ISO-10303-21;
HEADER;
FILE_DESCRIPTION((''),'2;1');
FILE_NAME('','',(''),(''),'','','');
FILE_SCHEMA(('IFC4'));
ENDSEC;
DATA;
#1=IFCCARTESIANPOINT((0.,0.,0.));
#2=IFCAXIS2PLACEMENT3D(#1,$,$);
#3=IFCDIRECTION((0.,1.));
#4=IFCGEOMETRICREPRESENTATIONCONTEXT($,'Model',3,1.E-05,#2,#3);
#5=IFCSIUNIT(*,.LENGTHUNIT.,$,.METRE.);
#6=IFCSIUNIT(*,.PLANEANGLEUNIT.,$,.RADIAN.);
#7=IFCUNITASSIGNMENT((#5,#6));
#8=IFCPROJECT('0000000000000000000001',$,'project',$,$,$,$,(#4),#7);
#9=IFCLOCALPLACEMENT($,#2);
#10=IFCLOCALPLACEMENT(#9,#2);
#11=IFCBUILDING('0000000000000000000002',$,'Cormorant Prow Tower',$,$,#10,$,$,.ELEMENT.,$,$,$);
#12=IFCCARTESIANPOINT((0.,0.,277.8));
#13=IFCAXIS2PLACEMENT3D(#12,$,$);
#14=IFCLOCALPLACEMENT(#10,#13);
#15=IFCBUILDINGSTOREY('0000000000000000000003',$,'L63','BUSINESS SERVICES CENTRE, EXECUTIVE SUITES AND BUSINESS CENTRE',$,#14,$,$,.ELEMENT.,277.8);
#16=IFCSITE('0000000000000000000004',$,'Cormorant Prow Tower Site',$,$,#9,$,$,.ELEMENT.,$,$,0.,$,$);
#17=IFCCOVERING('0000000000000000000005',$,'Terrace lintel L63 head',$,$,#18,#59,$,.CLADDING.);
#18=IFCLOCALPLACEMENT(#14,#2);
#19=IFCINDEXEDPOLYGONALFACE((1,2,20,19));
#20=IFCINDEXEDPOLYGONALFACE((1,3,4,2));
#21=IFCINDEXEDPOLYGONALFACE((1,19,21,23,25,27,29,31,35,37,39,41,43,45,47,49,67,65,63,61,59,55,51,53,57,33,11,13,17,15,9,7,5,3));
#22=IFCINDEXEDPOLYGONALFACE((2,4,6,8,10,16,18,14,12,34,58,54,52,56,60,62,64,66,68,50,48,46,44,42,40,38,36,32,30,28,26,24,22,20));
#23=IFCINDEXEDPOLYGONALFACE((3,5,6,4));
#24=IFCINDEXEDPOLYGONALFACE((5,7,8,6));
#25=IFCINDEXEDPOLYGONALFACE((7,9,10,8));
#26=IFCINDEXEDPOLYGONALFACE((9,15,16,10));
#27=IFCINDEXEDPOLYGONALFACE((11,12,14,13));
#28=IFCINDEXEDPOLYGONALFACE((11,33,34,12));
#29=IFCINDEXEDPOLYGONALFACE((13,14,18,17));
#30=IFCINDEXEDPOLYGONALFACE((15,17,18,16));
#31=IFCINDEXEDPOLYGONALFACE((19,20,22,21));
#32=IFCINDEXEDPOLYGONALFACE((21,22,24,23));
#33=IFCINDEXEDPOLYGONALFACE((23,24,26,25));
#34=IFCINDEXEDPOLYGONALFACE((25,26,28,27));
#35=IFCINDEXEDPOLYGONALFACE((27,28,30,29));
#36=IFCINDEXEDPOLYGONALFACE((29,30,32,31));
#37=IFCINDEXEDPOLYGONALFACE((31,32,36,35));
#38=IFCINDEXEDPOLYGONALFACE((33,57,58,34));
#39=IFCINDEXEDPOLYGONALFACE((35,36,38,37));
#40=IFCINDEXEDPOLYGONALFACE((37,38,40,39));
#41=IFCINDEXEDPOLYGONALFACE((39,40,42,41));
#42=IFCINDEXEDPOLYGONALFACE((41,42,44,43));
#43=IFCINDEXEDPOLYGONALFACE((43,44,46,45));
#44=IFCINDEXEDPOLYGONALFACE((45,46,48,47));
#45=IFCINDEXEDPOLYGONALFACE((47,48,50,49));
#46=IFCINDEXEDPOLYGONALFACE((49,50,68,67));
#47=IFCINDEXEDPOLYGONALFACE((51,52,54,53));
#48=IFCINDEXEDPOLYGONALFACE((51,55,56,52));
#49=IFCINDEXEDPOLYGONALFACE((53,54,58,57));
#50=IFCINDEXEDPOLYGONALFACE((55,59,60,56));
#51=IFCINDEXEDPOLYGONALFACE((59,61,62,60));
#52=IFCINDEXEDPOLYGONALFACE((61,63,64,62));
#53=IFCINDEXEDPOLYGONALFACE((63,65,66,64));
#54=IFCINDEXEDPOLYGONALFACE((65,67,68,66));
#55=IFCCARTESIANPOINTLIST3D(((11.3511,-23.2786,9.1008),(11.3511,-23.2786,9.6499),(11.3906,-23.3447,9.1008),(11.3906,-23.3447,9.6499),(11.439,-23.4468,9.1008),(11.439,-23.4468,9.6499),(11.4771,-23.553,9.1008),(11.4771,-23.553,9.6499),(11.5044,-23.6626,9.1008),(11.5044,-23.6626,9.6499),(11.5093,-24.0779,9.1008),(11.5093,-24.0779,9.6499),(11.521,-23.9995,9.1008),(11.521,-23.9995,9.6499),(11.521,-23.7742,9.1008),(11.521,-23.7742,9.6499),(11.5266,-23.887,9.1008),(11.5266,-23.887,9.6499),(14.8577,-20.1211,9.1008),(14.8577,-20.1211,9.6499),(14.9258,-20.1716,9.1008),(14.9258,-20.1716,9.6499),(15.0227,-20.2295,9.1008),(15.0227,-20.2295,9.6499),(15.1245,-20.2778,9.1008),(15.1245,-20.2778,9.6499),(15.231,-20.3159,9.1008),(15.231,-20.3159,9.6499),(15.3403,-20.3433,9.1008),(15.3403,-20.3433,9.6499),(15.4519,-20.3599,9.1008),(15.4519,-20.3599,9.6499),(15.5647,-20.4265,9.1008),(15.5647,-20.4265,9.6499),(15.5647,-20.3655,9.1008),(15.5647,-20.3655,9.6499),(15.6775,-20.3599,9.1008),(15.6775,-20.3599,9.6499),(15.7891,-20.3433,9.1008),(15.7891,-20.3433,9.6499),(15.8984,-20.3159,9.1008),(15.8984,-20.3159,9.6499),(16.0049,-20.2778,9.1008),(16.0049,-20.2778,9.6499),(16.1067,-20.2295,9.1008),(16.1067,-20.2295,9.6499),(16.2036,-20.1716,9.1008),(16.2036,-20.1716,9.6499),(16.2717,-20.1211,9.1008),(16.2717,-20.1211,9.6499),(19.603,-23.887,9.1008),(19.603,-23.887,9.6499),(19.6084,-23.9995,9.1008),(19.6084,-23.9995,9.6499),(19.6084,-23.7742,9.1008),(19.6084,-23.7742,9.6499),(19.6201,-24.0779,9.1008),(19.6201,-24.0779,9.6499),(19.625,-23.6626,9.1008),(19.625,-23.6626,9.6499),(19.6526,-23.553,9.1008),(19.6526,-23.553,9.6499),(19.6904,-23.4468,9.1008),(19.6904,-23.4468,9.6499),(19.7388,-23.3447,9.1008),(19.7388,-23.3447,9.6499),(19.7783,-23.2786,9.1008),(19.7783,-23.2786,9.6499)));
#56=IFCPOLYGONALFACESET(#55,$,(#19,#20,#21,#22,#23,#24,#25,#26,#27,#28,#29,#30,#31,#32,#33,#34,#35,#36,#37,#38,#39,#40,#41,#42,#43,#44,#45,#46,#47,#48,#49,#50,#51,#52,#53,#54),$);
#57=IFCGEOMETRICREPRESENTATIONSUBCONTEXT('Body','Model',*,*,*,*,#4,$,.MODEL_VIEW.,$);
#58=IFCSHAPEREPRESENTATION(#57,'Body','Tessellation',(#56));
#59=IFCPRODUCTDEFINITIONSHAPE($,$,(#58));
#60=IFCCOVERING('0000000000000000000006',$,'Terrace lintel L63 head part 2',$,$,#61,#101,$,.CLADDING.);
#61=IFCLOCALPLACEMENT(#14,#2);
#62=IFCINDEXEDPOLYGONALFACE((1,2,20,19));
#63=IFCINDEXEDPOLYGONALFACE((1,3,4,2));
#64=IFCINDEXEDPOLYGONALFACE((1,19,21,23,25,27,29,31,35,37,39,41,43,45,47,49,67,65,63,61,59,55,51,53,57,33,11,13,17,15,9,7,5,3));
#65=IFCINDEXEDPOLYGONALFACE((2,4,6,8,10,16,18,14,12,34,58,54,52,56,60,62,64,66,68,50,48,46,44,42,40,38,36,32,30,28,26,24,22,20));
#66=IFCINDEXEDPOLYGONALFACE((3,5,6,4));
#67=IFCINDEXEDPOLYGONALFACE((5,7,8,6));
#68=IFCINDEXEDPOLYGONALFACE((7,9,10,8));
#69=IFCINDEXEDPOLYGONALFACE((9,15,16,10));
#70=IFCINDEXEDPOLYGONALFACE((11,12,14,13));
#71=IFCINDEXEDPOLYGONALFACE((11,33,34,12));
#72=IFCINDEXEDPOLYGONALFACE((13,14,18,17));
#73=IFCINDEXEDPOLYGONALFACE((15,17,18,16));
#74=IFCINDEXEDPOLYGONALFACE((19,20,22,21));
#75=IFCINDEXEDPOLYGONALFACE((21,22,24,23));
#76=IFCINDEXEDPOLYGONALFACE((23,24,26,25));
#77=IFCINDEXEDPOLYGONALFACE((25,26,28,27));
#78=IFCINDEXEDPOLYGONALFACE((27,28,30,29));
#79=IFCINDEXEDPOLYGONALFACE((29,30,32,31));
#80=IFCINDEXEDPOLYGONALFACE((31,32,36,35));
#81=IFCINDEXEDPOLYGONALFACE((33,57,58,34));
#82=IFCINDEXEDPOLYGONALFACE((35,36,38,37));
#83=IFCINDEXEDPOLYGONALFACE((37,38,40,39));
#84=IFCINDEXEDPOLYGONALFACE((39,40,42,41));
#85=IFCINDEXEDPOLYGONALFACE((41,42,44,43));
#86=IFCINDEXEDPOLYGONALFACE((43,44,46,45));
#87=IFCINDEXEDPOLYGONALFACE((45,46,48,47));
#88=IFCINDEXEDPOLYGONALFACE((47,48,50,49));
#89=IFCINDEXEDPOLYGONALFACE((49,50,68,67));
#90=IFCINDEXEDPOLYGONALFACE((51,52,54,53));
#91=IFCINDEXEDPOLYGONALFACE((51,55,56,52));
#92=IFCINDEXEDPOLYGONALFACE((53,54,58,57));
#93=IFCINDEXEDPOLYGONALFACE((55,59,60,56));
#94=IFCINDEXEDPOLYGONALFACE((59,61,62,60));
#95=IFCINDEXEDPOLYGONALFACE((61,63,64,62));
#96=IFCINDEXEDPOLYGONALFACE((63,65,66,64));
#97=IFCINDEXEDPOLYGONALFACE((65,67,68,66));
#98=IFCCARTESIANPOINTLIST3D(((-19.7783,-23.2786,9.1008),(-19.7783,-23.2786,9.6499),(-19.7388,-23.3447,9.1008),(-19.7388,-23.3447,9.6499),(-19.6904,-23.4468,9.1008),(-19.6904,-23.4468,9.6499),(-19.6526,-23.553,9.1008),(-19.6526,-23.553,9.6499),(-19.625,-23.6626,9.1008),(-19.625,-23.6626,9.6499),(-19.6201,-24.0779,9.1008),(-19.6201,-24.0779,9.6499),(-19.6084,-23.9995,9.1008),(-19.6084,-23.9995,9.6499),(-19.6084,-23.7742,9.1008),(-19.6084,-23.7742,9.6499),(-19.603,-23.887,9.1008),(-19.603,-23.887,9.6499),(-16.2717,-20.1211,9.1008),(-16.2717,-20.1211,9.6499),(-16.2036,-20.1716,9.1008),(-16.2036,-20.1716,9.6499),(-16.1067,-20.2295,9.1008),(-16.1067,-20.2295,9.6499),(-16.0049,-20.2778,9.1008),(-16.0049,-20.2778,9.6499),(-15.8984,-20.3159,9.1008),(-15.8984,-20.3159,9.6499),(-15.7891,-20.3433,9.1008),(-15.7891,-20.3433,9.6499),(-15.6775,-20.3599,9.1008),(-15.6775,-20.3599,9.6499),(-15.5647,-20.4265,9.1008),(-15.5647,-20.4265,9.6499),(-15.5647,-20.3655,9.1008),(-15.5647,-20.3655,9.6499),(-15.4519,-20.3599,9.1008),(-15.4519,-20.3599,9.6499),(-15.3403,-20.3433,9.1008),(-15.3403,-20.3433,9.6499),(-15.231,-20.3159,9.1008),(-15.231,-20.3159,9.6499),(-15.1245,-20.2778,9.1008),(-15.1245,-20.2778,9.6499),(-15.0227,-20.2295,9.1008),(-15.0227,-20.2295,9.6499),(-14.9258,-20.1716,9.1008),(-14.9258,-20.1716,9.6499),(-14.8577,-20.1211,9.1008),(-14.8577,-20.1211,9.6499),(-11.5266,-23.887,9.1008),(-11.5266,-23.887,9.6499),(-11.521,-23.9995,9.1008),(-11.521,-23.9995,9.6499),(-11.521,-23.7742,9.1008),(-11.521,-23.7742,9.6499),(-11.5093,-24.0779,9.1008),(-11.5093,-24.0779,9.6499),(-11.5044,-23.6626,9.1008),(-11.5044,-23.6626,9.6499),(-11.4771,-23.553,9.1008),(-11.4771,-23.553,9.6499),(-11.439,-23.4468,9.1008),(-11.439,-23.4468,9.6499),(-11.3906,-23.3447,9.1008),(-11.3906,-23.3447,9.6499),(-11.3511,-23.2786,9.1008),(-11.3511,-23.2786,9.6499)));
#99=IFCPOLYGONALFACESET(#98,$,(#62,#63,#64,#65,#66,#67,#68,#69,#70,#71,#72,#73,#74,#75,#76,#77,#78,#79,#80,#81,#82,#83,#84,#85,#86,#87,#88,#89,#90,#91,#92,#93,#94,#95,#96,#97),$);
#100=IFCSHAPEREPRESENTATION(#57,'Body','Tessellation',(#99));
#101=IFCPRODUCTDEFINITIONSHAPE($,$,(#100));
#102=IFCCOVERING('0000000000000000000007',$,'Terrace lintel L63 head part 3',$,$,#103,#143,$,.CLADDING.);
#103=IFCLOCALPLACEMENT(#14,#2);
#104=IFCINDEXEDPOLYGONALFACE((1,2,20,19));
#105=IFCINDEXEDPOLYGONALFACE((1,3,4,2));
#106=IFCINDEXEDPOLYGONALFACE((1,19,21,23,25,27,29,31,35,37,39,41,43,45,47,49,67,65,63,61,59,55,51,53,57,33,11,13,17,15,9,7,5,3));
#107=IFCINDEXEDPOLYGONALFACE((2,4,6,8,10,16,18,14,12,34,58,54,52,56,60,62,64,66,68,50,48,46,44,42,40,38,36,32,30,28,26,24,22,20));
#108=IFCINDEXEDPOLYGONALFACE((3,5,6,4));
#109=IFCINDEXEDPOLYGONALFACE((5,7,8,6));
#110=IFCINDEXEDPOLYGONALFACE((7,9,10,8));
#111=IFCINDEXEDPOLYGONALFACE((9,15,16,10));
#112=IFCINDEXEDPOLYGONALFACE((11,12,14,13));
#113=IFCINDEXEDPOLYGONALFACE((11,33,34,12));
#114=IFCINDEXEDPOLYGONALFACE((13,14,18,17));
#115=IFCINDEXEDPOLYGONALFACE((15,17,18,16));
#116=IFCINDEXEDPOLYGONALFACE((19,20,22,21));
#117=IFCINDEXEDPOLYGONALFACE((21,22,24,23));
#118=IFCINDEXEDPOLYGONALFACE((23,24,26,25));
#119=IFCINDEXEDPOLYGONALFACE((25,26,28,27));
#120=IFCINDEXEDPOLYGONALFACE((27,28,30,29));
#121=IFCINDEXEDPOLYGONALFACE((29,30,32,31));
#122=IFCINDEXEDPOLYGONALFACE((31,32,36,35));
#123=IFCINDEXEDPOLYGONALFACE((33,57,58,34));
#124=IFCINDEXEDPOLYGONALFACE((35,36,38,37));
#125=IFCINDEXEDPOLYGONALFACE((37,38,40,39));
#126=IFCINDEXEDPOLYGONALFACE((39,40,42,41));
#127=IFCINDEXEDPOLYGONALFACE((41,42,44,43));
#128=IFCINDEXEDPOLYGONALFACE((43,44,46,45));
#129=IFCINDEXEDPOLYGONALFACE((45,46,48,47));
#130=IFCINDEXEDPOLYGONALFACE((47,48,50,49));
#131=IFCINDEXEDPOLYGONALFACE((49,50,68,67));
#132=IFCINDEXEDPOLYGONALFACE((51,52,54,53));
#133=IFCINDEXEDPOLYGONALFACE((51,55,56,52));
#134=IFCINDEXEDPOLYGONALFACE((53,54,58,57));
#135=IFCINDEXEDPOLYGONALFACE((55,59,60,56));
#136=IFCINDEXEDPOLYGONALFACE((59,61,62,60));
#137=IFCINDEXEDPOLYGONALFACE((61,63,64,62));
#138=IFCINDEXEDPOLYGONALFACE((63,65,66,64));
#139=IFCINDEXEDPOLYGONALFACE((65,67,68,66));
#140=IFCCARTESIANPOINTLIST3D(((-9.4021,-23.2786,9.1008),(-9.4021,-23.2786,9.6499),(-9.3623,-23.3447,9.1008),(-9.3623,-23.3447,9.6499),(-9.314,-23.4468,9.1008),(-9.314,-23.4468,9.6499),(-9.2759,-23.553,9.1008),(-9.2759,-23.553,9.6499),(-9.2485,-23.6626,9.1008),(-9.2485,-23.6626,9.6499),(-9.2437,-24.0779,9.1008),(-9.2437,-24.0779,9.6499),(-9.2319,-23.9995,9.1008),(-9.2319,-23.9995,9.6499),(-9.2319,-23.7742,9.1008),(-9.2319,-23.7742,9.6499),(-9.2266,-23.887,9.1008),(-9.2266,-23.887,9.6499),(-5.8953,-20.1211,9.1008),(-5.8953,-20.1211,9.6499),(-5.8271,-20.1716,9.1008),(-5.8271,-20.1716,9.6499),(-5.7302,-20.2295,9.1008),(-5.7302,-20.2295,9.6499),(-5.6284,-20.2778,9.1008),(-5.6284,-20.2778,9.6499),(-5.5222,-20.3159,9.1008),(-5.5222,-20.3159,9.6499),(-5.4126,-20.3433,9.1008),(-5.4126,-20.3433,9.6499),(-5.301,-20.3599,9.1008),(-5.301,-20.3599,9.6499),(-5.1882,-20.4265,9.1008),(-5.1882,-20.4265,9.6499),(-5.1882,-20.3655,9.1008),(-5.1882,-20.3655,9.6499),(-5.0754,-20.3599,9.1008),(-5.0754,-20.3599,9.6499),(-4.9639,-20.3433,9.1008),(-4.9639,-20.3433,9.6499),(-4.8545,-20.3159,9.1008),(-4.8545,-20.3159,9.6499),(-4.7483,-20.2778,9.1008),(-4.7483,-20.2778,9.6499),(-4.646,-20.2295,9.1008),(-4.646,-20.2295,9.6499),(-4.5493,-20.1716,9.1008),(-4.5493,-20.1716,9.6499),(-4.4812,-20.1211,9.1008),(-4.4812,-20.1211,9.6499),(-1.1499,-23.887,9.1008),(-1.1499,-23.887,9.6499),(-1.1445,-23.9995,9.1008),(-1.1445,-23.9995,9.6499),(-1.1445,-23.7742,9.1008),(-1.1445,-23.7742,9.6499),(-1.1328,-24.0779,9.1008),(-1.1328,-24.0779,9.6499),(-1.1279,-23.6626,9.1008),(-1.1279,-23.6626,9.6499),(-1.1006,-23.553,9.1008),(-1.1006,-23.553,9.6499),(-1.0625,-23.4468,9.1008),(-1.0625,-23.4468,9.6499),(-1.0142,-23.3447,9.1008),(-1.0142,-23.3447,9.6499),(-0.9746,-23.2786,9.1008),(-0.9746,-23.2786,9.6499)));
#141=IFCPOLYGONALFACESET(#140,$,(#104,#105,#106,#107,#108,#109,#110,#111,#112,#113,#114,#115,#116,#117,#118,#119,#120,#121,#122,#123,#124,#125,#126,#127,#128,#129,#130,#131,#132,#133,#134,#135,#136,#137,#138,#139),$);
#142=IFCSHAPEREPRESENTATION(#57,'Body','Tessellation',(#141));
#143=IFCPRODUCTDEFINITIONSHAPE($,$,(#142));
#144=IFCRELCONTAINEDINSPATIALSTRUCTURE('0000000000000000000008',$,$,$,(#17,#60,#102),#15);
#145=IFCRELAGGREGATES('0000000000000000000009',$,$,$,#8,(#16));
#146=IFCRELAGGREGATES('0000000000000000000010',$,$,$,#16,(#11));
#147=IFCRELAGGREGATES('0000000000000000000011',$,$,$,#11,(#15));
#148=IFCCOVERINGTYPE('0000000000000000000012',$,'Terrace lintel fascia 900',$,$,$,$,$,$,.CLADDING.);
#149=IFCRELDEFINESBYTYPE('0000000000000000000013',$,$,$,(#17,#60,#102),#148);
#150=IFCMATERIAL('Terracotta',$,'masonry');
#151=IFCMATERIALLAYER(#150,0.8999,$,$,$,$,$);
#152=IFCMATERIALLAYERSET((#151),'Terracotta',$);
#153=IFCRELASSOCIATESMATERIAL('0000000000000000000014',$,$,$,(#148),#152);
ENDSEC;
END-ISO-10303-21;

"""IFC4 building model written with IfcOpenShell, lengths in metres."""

from ifc_helpers import new_model, si_unit, direction, frame, origin, place, context, subcontext, project, spatial, polyline, outline, extrude, material, layer, layer_set, type_object, element, save


model = new_model("IFC4")

# Units and contexts
model_context = context("Model", 3, precision=1e-05, world=origin(), true_north=direction((0.0, 1.0)))
body_context = subcontext(model_context, "Body", "Model", "MODEL_VIEW")
ifc_project = project(units=[si_unit("LENGTHUNIT", "METRE"), si_unit("PLANEANGLEUNIT", "RADIAN")], contexts=[model_context])

# Site, building, storey
site_placement = place(None, origin())
site = spatial("IfcSite", under=ifc_project, at=site_placement, Name="Cormorant Prow Tower Site", CompositionType="ELEMENT", RefElevation=0.0)
building_placement = place(site_placement, origin())
building = spatial("IfcBuilding", under=site, at=building_placement, Name="Cormorant Prow Tower", CompositionType="ELEMENT")
storey_placement = place(building_placement, frame((0.0, 0.0, 277.8)))
storey = spatial("IfcBuildingStorey", under=building, at=storey_placement, Name="L63", Description="BUSINESS SERVICES CENTRE, EXECUTIVE SUITES AND BUSINESS CENTRE", CompositionType="ELEMENT", Elevation=277.8)

# Coverings
ifc_material_1 = material(Name="Terracotta", Category="masonry")
ifc_layer_1 = layer(ifc_material_1, 0.8999)
ifc_layer_set_1 = layer_set([ifc_layer_1], Name="Terracotta")
covering_type = type_object("IfcCoveringType", Name="Terrace lintel fascia 900", PredefinedType="CLADDING", material=ifc_layer_set_1)
covering_1_placement = place(storey_placement, frame((0.0, 0.0, 9.1008)))
element("IfcCovering", 1, at=covering_1_placement, inside=storey, type_object=covering_type, Name="Terrace lintel L63 head", PredefinedType="CLADDING", context=body_context, shape_type="SweptSolid", body=[
    extrude(outline(polyline([(14.9258, -20.1716), (15.0227, -20.2295), (15.1245, -20.2778), (15.231, -20.3159), (15.3403, -20.3433), (15.4519, -20.3599), (15.5647, -20.3655), (15.6775, -20.3599), (15.7891, -20.3433), (15.8984, -20.3159), (16.0049, -20.2778), (16.1067, -20.2295), (16.2036, -20.1716), (16.2717, -20.1211), (19.7783, -23.2786), (19.7388, -23.3447), (19.6904, -23.4468), (19.6526, -23.553), (19.625, -23.6626), (19.6084, -23.7742), (19.603, -23.887), (19.6084, -23.9995), (19.6201, -24.0779), (15.5647, -20.4265), (11.5093, -24.0779), (11.521, -23.9995), (11.5266, -23.887), (11.521, -23.7742), (11.5044, -23.6626), (11.4771, -23.553), (11.439, -23.4468), (11.3906, -23.3447), (11.3511, -23.2786), (14.8577, -20.1211), (14.9258, -20.1716)])), origin(), (0.0, 0.0, 1.0), 0.5491),
])
covering_2_placement = place(storey_placement, frame((0.0, 0.0, 9.1008)))
element("IfcCovering", 2, at=covering_2_placement, inside=storey, type_object=covering_type, Name="Terrace lintel L63 head part 2", PredefinedType="CLADDING", context=body_context, shape_type="SweptSolid", body=[
    extrude(outline(polyline([(-11.3906, -23.3447), (-11.439, -23.4468), (-11.4771, -23.553), (-11.5044, -23.6626), (-11.521, -23.7742), (-11.5266, -23.887), (-11.521, -23.9995), (-11.5093, -24.0779), (-15.5647, -20.4265), (-19.6201, -24.0779), (-19.6084, -23.9995), (-19.603, -23.887), (-19.6084, -23.7742), (-19.625, -23.6626), (-19.6526, -23.553), (-19.6904, -23.4468), (-19.7388, -23.3447), (-19.7783, -23.2786), (-16.2717, -20.1211), (-16.2036, -20.1716), (-16.1067, -20.2295), (-16.0049, -20.2778), (-15.8984, -20.3159), (-15.7891, -20.3433), (-15.6775, -20.3599), (-15.5647, -20.3655), (-15.4519, -20.3599), (-15.3403, -20.3433), (-15.231, -20.3159), (-15.1245, -20.2778), (-15.0227, -20.2295), (-14.9258, -20.1716), (-14.8577, -20.1211), (-11.3511, -23.2786), (-11.3906, -23.3447)])), origin(), (0.0, 0.0, 1.0), 0.5491),
])
covering_3_placement = place(storey_placement, frame((0.0, 0.0, 9.1008)))
element("IfcCovering", 3, at=covering_3_placement, inside=storey, type_object=covering_type, Name="Terrace lintel L63 head part 3", PredefinedType="CLADDING", context=body_context, shape_type="SweptSolid", body=[
    extrude(outline(polyline([(-5.8271, -20.1716), (-5.7302, -20.2295), (-5.6284, -20.2778), (-5.5222, -20.3159), (-5.4126, -20.3433), (-5.301, -20.3599), (-5.1882, -20.3655), (-5.0754, -20.3599), (-4.9639, -20.3433), (-4.8545, -20.3159), (-4.7483, -20.2778), (-4.646, -20.2295), (-4.5493, -20.1716), (-4.4812, -20.1211), (-0.9746, -23.2786), (-1.0142, -23.3447), (-1.0625, -23.4468), (-1.1006, -23.553), (-1.1279, -23.6626), (-1.1445, -23.7742), (-1.1499, -23.887), (-1.1445, -23.9995), (-1.1328, -24.0779), (-5.1882, -20.4265), (-9.2437, -24.0779), (-9.2319, -23.9995), (-9.2266, -23.887), (-9.2319, -23.7742), (-9.2485, -23.6626), (-9.2759, -23.553), (-9.314, -23.4468), (-9.3623, -23.3447), (-9.4021, -23.2786), (-5.8953, -20.1211), (-5.8271, -20.1716)])), origin(), (0.0, 0.0, 1.0), 0.5491),
])

save(model, "model.ifc")
